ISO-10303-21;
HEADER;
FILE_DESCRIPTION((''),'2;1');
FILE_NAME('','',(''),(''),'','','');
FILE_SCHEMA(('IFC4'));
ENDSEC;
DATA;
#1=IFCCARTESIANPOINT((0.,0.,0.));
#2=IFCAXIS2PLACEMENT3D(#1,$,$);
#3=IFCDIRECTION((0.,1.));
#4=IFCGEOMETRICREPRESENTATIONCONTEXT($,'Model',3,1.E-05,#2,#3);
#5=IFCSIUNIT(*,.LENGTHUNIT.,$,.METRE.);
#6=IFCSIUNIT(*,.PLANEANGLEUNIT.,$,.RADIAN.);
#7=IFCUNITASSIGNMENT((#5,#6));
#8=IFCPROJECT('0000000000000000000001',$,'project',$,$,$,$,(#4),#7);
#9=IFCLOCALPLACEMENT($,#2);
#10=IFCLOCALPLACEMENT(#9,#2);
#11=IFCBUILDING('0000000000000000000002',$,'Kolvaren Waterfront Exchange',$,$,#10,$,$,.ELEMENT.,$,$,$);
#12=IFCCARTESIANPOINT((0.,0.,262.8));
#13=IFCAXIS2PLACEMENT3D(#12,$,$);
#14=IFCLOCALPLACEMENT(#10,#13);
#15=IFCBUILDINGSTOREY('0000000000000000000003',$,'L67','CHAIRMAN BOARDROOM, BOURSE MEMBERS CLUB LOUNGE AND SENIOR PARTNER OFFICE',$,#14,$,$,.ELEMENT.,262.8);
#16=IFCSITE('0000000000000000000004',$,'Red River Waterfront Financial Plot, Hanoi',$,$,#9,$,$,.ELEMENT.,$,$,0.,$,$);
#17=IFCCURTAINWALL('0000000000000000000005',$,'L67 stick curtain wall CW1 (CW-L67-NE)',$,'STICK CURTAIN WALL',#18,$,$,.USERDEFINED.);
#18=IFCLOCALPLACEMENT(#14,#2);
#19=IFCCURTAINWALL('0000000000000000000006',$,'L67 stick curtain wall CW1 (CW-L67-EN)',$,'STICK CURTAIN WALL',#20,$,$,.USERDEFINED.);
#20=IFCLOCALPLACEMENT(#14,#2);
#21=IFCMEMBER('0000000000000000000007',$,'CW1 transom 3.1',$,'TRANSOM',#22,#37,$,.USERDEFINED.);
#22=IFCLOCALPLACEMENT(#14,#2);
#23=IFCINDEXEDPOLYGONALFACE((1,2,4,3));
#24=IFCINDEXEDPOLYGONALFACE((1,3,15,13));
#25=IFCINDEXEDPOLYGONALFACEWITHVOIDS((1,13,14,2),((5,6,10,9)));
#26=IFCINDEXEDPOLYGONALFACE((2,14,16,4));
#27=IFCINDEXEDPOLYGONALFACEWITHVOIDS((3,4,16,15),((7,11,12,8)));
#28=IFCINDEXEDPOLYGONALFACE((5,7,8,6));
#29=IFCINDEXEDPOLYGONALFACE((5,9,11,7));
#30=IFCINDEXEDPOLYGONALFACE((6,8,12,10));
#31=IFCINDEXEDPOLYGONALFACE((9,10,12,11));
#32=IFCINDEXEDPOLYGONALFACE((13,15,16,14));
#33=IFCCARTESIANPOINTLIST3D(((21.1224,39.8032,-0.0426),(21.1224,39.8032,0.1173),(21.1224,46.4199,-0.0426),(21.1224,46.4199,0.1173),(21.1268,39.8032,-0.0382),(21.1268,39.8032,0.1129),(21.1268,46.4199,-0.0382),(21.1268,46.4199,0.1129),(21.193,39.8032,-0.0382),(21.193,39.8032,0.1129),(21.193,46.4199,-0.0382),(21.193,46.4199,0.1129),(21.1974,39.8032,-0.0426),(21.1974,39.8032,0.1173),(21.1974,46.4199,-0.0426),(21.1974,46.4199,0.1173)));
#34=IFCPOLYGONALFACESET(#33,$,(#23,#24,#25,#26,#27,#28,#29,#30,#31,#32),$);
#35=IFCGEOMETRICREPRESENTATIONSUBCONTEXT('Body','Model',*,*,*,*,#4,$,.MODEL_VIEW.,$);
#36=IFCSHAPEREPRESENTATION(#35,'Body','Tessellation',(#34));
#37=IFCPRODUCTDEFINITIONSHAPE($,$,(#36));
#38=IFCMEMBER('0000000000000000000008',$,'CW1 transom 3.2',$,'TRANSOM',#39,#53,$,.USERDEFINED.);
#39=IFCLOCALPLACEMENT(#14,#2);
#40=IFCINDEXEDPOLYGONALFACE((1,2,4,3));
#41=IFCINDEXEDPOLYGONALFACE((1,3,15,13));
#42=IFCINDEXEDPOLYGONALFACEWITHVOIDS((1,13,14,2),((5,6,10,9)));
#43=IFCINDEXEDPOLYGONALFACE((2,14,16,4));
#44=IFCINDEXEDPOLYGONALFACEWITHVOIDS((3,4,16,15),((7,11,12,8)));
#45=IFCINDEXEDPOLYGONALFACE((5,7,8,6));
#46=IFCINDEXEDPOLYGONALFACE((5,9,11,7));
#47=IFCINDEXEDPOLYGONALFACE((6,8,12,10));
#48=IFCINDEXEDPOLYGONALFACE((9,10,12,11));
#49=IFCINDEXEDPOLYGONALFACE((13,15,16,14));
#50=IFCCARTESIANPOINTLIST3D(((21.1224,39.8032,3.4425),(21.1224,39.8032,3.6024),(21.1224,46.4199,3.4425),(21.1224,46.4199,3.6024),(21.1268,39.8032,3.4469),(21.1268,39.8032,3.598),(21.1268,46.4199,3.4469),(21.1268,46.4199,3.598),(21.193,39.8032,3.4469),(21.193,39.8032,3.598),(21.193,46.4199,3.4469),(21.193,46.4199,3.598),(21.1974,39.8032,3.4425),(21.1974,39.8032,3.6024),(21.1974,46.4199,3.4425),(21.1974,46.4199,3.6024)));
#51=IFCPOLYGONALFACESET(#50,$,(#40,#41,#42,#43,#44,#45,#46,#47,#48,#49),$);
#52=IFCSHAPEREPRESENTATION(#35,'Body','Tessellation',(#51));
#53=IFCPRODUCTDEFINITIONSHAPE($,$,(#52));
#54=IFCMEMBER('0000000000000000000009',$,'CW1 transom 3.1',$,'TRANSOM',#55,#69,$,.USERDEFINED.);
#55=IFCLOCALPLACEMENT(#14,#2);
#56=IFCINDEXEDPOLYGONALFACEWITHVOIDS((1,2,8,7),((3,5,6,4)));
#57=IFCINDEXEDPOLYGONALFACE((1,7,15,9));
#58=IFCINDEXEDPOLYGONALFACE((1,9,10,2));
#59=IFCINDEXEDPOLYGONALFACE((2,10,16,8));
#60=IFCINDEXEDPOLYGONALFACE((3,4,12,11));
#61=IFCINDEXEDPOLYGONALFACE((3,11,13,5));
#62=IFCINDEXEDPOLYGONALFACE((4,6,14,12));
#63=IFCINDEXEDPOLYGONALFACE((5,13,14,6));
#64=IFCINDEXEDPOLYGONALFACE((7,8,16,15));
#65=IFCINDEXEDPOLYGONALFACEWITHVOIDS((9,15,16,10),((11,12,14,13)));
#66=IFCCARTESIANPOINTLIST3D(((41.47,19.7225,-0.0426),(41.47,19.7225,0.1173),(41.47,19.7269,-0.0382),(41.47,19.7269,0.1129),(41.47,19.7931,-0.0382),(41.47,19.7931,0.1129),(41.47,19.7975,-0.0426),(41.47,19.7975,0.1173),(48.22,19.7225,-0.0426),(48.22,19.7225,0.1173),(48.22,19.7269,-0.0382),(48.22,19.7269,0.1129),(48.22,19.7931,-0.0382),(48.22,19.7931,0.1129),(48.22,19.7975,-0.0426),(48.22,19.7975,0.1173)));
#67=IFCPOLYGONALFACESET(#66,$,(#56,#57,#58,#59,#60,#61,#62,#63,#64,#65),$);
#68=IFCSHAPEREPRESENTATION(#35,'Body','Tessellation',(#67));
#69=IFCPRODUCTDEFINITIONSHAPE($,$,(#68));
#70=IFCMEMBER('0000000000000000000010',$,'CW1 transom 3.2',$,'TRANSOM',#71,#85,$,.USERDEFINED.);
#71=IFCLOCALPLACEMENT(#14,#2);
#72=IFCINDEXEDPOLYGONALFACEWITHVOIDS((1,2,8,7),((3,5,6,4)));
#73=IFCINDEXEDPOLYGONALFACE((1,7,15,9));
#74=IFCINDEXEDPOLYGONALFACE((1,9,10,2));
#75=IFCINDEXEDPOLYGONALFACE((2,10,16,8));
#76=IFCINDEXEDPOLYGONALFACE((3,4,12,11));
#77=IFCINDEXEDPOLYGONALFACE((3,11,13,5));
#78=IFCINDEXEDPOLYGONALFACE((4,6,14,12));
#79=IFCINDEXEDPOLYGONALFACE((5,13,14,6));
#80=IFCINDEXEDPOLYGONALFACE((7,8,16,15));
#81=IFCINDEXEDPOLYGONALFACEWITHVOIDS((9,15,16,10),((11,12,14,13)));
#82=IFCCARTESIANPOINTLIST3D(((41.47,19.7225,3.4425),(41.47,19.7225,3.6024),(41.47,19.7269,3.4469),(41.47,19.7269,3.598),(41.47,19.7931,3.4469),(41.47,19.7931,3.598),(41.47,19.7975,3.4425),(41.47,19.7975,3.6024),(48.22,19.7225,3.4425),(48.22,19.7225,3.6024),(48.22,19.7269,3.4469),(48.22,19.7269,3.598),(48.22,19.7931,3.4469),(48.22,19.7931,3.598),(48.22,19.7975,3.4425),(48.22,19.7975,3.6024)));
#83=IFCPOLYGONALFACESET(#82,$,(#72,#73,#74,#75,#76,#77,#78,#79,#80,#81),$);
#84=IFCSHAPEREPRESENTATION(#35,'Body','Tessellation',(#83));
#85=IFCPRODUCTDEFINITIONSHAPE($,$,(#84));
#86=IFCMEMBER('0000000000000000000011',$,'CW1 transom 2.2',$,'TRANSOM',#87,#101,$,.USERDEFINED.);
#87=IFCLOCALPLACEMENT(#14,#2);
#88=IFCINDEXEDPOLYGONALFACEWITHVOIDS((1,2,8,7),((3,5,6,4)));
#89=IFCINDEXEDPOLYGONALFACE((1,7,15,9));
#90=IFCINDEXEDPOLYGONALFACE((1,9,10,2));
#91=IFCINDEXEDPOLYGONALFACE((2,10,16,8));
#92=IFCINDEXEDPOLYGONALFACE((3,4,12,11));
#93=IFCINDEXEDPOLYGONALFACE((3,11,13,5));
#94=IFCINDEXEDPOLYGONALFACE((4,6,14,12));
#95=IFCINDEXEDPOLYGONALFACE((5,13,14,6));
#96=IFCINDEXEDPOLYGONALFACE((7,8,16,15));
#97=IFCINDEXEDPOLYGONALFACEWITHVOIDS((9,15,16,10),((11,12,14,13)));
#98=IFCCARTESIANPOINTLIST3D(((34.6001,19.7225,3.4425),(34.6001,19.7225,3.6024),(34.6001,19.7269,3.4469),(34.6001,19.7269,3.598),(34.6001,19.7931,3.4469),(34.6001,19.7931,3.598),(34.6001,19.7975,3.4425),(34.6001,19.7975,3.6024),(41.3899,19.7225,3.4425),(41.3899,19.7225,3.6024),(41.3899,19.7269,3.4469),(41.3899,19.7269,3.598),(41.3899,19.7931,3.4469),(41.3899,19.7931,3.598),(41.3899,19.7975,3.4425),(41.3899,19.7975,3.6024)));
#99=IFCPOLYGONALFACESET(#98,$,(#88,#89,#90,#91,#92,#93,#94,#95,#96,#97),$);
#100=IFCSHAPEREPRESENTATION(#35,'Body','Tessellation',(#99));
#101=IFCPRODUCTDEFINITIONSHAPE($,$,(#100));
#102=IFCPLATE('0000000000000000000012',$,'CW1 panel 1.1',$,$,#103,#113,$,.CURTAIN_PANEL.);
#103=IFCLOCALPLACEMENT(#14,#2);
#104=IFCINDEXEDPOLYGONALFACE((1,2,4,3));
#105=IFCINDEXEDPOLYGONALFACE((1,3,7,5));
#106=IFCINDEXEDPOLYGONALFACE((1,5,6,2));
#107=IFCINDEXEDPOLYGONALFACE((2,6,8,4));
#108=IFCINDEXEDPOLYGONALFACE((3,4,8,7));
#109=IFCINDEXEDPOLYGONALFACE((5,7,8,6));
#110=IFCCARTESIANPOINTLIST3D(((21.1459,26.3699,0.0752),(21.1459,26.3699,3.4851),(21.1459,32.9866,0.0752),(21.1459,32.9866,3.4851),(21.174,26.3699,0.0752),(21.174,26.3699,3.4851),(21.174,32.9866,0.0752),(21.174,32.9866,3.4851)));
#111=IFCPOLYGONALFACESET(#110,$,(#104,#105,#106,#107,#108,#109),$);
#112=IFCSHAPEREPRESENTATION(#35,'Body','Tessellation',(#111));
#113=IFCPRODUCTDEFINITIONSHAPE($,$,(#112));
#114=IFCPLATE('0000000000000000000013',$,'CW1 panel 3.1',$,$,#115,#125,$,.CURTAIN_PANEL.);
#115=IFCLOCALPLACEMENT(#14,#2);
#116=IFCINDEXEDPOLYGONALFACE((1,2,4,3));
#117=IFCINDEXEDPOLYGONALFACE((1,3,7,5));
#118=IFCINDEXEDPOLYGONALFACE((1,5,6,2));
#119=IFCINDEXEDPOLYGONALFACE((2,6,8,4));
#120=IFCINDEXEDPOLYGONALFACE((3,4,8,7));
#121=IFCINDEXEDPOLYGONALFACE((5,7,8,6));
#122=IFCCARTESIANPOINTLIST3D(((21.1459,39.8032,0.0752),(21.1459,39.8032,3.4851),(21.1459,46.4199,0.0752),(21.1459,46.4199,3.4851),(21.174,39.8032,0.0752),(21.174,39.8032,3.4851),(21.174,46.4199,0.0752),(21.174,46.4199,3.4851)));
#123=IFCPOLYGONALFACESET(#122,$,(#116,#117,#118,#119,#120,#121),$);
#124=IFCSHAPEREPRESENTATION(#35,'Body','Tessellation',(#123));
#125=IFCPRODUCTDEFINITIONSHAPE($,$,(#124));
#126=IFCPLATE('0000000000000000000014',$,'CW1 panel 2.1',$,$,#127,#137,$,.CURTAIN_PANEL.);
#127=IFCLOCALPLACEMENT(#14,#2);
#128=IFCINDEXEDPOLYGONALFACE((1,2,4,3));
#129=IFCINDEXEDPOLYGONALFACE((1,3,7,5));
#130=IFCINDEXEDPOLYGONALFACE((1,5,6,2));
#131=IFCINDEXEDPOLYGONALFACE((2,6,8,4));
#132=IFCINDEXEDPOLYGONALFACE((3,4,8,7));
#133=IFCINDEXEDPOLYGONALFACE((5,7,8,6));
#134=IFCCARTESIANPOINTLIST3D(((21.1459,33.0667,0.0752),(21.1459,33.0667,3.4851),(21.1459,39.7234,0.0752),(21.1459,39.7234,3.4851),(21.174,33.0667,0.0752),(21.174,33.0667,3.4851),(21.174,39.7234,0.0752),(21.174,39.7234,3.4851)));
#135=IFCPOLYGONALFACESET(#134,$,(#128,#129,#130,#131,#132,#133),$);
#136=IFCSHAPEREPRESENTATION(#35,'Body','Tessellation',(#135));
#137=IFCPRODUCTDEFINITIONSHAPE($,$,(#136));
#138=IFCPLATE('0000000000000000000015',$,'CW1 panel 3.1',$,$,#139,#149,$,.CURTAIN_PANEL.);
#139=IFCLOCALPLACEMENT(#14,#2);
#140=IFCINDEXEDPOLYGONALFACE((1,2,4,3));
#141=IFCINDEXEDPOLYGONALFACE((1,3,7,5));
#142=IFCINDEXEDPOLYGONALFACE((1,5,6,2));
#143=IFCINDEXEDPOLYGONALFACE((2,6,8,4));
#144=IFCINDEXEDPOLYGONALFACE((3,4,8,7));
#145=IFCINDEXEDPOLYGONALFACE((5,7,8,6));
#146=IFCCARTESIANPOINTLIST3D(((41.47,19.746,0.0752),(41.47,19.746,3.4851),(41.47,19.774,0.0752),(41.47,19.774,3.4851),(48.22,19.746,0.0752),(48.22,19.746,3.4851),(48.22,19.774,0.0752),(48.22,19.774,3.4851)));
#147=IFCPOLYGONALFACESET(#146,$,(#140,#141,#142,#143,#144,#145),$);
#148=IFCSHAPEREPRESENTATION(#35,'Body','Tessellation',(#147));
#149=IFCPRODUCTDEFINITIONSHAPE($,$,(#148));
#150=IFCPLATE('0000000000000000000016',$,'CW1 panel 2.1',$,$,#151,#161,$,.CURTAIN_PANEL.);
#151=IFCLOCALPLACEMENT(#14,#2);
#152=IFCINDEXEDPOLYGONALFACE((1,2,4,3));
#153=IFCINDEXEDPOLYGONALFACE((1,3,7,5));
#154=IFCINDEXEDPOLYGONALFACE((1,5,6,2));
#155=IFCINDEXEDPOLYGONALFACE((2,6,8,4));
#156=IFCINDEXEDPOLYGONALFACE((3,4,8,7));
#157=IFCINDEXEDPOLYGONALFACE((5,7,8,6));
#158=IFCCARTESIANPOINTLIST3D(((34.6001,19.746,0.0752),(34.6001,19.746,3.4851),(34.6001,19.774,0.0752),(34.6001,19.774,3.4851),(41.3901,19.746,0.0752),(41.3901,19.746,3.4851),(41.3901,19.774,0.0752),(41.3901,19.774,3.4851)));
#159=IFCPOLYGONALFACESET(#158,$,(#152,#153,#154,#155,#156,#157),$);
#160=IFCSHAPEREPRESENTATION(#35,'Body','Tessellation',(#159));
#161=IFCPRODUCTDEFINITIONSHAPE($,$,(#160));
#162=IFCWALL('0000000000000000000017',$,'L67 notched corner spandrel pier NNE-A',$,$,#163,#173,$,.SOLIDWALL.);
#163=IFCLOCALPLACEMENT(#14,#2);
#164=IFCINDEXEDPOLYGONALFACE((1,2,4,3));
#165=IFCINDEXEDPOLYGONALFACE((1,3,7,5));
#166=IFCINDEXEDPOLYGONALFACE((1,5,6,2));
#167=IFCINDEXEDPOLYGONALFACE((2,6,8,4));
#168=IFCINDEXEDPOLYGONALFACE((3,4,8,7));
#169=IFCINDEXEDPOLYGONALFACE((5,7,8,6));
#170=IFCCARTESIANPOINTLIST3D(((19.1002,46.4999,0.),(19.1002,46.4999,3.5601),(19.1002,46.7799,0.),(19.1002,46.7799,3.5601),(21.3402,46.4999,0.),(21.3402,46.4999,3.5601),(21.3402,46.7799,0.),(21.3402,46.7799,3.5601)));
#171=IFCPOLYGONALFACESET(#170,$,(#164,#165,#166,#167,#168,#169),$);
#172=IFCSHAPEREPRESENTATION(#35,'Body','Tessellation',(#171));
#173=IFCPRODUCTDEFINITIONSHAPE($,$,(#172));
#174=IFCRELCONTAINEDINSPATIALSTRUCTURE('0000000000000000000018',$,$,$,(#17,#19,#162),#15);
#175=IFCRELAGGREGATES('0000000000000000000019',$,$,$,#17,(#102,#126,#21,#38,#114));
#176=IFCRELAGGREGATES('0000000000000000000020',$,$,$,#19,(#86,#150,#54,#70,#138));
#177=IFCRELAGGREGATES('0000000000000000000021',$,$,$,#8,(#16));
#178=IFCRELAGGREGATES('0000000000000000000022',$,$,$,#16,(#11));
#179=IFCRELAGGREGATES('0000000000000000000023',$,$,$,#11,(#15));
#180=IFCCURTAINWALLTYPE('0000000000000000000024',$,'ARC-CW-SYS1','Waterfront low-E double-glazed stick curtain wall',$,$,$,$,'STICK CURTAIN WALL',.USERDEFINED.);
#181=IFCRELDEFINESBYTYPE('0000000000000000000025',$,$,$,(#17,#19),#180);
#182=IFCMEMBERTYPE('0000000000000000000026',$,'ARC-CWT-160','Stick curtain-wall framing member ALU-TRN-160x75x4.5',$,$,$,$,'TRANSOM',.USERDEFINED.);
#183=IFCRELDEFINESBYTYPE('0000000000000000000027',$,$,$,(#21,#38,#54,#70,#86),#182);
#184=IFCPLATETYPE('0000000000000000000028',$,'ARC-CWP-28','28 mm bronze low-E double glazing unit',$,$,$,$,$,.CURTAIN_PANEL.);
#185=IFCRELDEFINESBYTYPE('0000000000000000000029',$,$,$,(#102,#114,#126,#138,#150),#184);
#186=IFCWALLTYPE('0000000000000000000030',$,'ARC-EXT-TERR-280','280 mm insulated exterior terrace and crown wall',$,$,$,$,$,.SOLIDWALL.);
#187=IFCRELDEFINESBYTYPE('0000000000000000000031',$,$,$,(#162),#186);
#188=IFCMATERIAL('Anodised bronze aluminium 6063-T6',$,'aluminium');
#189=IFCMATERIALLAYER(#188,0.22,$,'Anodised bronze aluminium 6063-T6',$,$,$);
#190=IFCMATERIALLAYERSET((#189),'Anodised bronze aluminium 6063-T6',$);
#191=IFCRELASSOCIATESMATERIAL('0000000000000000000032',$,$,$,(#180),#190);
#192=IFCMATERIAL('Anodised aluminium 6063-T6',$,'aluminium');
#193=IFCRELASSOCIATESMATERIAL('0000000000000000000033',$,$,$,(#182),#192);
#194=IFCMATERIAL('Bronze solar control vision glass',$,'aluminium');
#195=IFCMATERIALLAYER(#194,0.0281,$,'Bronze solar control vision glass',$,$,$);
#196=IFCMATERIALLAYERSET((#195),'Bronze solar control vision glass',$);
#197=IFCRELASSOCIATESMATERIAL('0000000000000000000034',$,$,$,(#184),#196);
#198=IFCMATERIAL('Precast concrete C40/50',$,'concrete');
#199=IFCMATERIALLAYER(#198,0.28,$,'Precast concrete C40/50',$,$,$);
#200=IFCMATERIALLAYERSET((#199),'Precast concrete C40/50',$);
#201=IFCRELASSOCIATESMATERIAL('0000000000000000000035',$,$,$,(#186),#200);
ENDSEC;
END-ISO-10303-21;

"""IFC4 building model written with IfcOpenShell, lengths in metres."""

from ifc_helpers import new_model, si_unit, direction, frame, frame_2d, origin, origin_with_axes, origin_2d, place, context, subcontext, project, spatial, rectangle, hollow_rectangle, extrude, source, transform, mapped, material, layer, layer_set, material_profile, profile_set, type_object, element, aggregate, save


model = new_model("IFC4")

# Units and contexts
model_context = context("Model", 3, precision=1e-05, world=origin(), true_north=direction((0.0, 1.0)))
body_context = subcontext(model_context, "Body", "Model", "MODEL_VIEW")
ifc_project = project(units=[si_unit("LENGTHUNIT", "METRE"), si_unit("PLANEANGLEUNIT", "RADIAN")], contexts=[model_context])

# Site, building, storey
site_placement = place(None, origin())
site = spatial("IfcSite", under=ifc_project, at=site_placement, Name="Red River Waterfront Financial Plot, Hanoi", CompositionType="ELEMENT", RefElevation=0.0)
building_placement = place(site_placement, origin())
building = spatial("IfcBuilding", under=site, at=building_placement, Name="Kolvaren Waterfront Exchange", CompositionType="ELEMENT")
storey_placement = place(building_placement, frame((0.0, 0.0, 262.8)))
storey = spatial("IfcBuildingStorey", under=building, at=storey_placement, Name="L67", Description="CHAIRMAN BOARDROOM, BOURSE MEMBERS CLUB LOUNGE AND SENIOR PARTNER OFFICE", CompositionType="ELEMENT", Elevation=262.8)

# Curtain walls
ifc_material_1 = material(Name="Anodised bronze aluminium 6063-T6", Category="aluminium")
ifc_layer_1 = layer(ifc_material_1, 0.22, Name="Anodised bronze aluminium 6063-T6")
ifc_layer_set_1 = layer_set([ifc_layer_1], Name="Anodised bronze aluminium 6063-T6")
curtain_wall_type = type_object("IfcCurtainWallType", Name="ARC-CW-SYS1", Description="Waterfront low-E double-glazed stick curtain wall", ElementType="STICK CURTAIN WALL", PredefinedType="USERDEFINED", material=ifc_layer_set_1)
curtain_wall_1_placement = place(storey_placement, origin())
curtain_wall_1 = element("IfcCurtainWall", 1, at=curtain_wall_1_placement, inside=storey, type_object=curtain_wall_type, Name="L67 stick curtain wall CW1 (CW-L67-NE)", ObjectType="STICK CURTAIN WALL", PredefinedType="USERDEFINED")
ifc_material_2 = material(Name="Anodised aluminium 6063-T6", Category="aluminium")
curtain_wall_2_placement = place(storey_placement, origin())
curtain_wall_2 = element("IfcCurtainWall", 2, at=curtain_wall_2_placement, inside=storey, type_object=curtain_wall_type, Name="L67 stick curtain wall CW1 (CW-L67-EN)", ObjectType="STICK CURTAIN WALL", PredefinedType="USERDEFINED")

# Members
ifc_material_profile_1 = material_profile(ifc_material_2, hollow_rectangle(XDim=0.075, YDim=0.1599, WallThickness=0.0044, at=origin_2d()), Name="ALU-TRN-160x75x4.5")
ifc_profile_set_1 = profile_set([ifc_material_profile_1], Name="Anodised aluminium 6063-T6")
member_type_1 = type_object("IfcMemberType", Name="ARC-CWT-160", Description="Stick curtain-wall framing member ALU-TRN-160x75x4.5", ElementType="TRANSOM", PredefinedType="USERDEFINED", material=ifc_profile_set_1)
shared_shape_1 = source(origin_with_axes(), body_context, "Body", "SweptSolid", [
    extrude(hollow_rectangle(XDim=0.075, YDim=0.1599, WallThickness=0.0044, at=origin_2d()), origin(), (0.0, 0.0, 1.0), 6.6167),
])
member_1_placement = place(storey_placement, frame((21.1599, 39.8032, 0.0374), z_axis=(0.0, 1.0, 0.0), x_axis=(-1.0, 0.0, 0.0)))
member_1 = element("IfcMember", 3, at=member_1_placement, type_object=member_type_1, Name="CW1 transom 3.1", ObjectType="TRANSOM", PredefinedType="USERDEFINED", context=body_context, shape_type="MappedRepresentation", body=[
    mapped(shared_shape_1, transform((0.0, 0.0, 0.0), x_axis=(1.0, 0.0, 0.0), y_axis=(0.0, 1.0, 0.0), z_axis=(0.0, 0.0, 1.0), scale=1.0)),
])
member_2_placement = place(storey_placement, frame((21.1599, 39.8032, 3.5225), z_axis=(0.0, 1.0, 0.0), x_axis=(-1.0, 0.0, 0.0)))
member_2 = element("IfcMember", 4, at=member_2_placement, type_object=member_type_1, Name="CW1 transom 3.2", ObjectType="TRANSOM", PredefinedType="USERDEFINED", context=body_context, shape_type="MappedRepresentation", body=[
    mapped(shared_shape_1, transform((0.0, 0.0, 0.0), x_axis=(1.0, 0.0, 0.0), y_axis=(0.0, 1.0, 0.0), z_axis=(0.0, 0.0, 1.0), scale=1.0)),
])
shared_shape_2 = source(origin_with_axes(), body_context, "Body", "SweptSolid", [
    extrude(hollow_rectangle(XDim=0.075, YDim=0.1599, WallThickness=0.0044, at=origin_2d()), origin(), (0.0, 0.0, 1.0), 6.75),
])
member_3_placement = place(storey_placement, frame((41.47, 19.76, 0.0374), z_axis=(1.0, 0.0, 0.0), x_axis=(0.0, 1.0, 0.0)))
member_3 = element("IfcMember", 5, at=member_3_placement, type_object=member_type_1, Name="CW1 transom 3.1", ObjectType="TRANSOM", PredefinedType="USERDEFINED", context=body_context, shape_type="MappedRepresentation", body=[
    mapped(shared_shape_2, transform((0.0, 0.0, 0.0), x_axis=(1.0, 0.0, 0.0), y_axis=(0.0, 1.0, 0.0), z_axis=(0.0, 0.0, 1.0), scale=1.0)),
])
member_4_placement = place(storey_placement, frame((41.47, 19.76, 3.5225), z_axis=(1.0, 0.0, 0.0), x_axis=(0.0, 1.0, 0.0)))
member_4 = element("IfcMember", 6, at=member_4_placement, type_object=member_type_1, Name="CW1 transom 3.2", ObjectType="TRANSOM", PredefinedType="USERDEFINED", context=body_context, shape_type="MappedRepresentation", body=[
    mapped(shared_shape_2, transform((0.0, 0.0, 0.0), x_axis=(1.0, 0.0, 0.0), y_axis=(0.0, 1.0, 0.0), z_axis=(0.0, 0.0, 1.0), scale=1.0)),
])
shared_shape_3 = source(origin_with_axes(), body_context, "Body", "SweptSolid", [
    extrude(hollow_rectangle(XDim=0.075, YDim=0.1599, WallThickness=0.0044, at=origin_2d()), origin(), (0.0, 0.0, 1.0), 6.7898),
])
member_5_placement = place(storey_placement, frame((34.6001, 19.76, 3.5225), z_axis=(1.0, 0.0, 0.0), x_axis=(0.0, 1.0, 0.0)))
member_5 = element("IfcMember", 7, at=member_5_placement, type_object=member_type_1, Name="CW1 transom 2.2", ObjectType="TRANSOM", PredefinedType="USERDEFINED", context=body_context, shape_type="MappedRepresentation", body=[
    mapped(shared_shape_3, transform((0.0, 0.0, 0.0), x_axis=(1.0, 0.0, 0.0), y_axis=(0.0, 1.0, 0.0), z_axis=(0.0, 0.0, 1.0), scale=1.0)),
])

# Plates
ifc_material_3 = material(Name="Bronze solar control vision glass", Category="aluminium")
ifc_layer_2 = layer(ifc_material_3, 0.0281, Name="Bronze solar control vision glass")
ifc_layer_set_2 = layer_set([ifc_layer_2], Name="Bronze solar control vision glass")
plate_type = type_object("IfcPlateType", Name="ARC-CWP-28", Description="28 mm bronze low-E double glazing unit", PredefinedType="CURTAIN_PANEL", material=ifc_layer_set_2)
shared_shape_4 = source(origin_with_axes(), body_context, "Body", "SweptSolid", [
    extrude(rectangle(XDim=6.6167, YDim=0.0281, at=origin_2d()), origin(), (0.0, 0.0, 1.0), 3.4099),
])
plate_1_placement = place(storey_placement, frame((21.1599, 29.6782, 0.0752), z_axis=(0.0, 0.0, 1.0), x_axis=(0.0, 1.0, 0.0)))
plate_1 = element("IfcPlate", 8, at=plate_1_placement, type_object=plate_type, Name="CW1 panel 1.1", PredefinedType="CURTAIN_PANEL", context=body_context, shape_type="MappedRepresentation", body=[
    mapped(shared_shape_4, transform((0.0, 0.0, 0.0), x_axis=(1.0, 0.0, 0.0), y_axis=(0.0, 1.0, 0.0), z_axis=(0.0, 0.0, 1.0), scale=1.0)),
])
plate_2_placement = place(storey_placement, frame((21.1599, 43.1116, 0.0752), z_axis=(0.0, 0.0, 1.0), x_axis=(0.0, 1.0, 0.0)))
plate_2 = element("IfcPlate", 9, at=plate_2_placement, type_object=plate_type, Name="CW1 panel 3.1", PredefinedType="CURTAIN_PANEL", context=body_context, shape_type="MappedRepresentation", body=[
    mapped(shared_shape_4, transform((0.0, 0.0, 0.0), x_axis=(1.0, 0.0, 0.0), y_axis=(0.0, 1.0, 0.0), z_axis=(0.0, 0.0, 1.0), scale=1.0)),
])
shared_shape_5 = source(origin_with_axes(), body_context, "Body", "SweptSolid", [
    extrude(rectangle(XDim=6.6567, YDim=0.0281, at=origin_2d()), origin(), (0.0, 0.0, 1.0), 3.4099),
])
plate_3_placement = place(storey_placement, frame((21.1599, 36.395, 0.0752), z_axis=(0.0, 0.0, 1.0), x_axis=(0.0, 1.0, 0.0)))
plate_3 = element("IfcPlate", 10, at=plate_3_placement, type_object=plate_type, Name="CW1 panel 2.1", PredefinedType="CURTAIN_PANEL", context=body_context, shape_type="MappedRepresentation", body=[
    mapped(shared_shape_5, transform((0.0, 0.0, 0.0), x_axis=(1.0, 0.0, 0.0), y_axis=(0.0, 1.0, 0.0), z_axis=(0.0, 0.0, 1.0), scale=1.0)),
])
aggregate(curtain_wall_1, [plate_1, plate_3, member_1, member_2, plate_2])
shared_shape_6 = source(origin_with_axes(), body_context, "Body", "SweptSolid", [
    extrude(rectangle(XDim=6.75, YDim=0.0281, at=origin_2d()), origin(), (0.0, 0.0, 1.0), 3.4099),
])
plate_4_placement = place(storey_placement, frame((44.845, 19.76, 0.0752), z_axis=(0.0, 0.0, 1.0), x_axis=(1.0, 0.0, 0.0)))
plate_4 = element("IfcPlate", 11, at=plate_4_placement, type_object=plate_type, Name="CW1 panel 3.1", PredefinedType="CURTAIN_PANEL", context=body_context, shape_type="MappedRepresentation", body=[
    mapped(shared_shape_6, transform((0.0, 0.0, 0.0), x_axis=(1.0, 0.0, 0.0), y_axis=(0.0, 1.0, 0.0), z_axis=(0.0, 0.0, 1.0), scale=1.0)),
])
shared_shape_7 = source(origin_with_axes(), body_context, "Body", "SweptSolid", [
    extrude(rectangle(XDim=6.79, YDim=0.0281, at=origin_2d()), origin(), (0.0, 0.0, 1.0), 3.4099),
])
plate_5_placement = place(storey_placement, frame((37.9951, 19.76, 0.0752), z_axis=(0.0, 0.0, 1.0), x_axis=(1.0, 0.0, 0.0)))
plate_5 = element("IfcPlate", 12, at=plate_5_placement, type_object=plate_type, Name="CW1 panel 2.1", PredefinedType="CURTAIN_PANEL", context=body_context, shape_type="MappedRepresentation", body=[
    mapped(shared_shape_7, transform((0.0, 0.0, 0.0), x_axis=(1.0, 0.0, 0.0), y_axis=(0.0, 1.0, 0.0), z_axis=(0.0, 0.0, 1.0), scale=1.0)),
])
aggregate(curtain_wall_2, [member_5, plate_5, member_3, member_4, plate_4])

# Wall
ifc_material_4 = material(Name="Precast concrete C40/50", Category="concrete")
ifc_layer_3 = layer(ifc_material_4, 0.28, Name="Precast concrete C40/50")
ifc_layer_set_3 = layer_set([ifc_layer_3], Name="Precast concrete C40/50")
wall_type = type_object("IfcWallType", Name="ARC-EXT-TERR-280", Description="280 mm insulated exterior terrace and crown wall", PredefinedType="SOLIDWALL", material=ifc_layer_set_3)
wall_1_placement = place(storey_placement, frame((19.1001, 46.6399, 0.0), z_axis=(0.0, 0.0, 1.0), x_axis=(1.0, 0.0, 0.0)))
element("IfcWall", 13, at=wall_1_placement, inside=storey, type_object=wall_type, Name="L67 notched corner spandrel pier NNE-A", PredefinedType="SOLIDWALL", context=body_context, shape_type="SweptSolid", body=[
    extrude(rectangle(XDim=2.24, YDim=0.28, at=frame_2d((1.1201, 0.0))), origin(), (0.0, 0.0, 1.0), 3.5601),
])

save(model, "model.ifc")
